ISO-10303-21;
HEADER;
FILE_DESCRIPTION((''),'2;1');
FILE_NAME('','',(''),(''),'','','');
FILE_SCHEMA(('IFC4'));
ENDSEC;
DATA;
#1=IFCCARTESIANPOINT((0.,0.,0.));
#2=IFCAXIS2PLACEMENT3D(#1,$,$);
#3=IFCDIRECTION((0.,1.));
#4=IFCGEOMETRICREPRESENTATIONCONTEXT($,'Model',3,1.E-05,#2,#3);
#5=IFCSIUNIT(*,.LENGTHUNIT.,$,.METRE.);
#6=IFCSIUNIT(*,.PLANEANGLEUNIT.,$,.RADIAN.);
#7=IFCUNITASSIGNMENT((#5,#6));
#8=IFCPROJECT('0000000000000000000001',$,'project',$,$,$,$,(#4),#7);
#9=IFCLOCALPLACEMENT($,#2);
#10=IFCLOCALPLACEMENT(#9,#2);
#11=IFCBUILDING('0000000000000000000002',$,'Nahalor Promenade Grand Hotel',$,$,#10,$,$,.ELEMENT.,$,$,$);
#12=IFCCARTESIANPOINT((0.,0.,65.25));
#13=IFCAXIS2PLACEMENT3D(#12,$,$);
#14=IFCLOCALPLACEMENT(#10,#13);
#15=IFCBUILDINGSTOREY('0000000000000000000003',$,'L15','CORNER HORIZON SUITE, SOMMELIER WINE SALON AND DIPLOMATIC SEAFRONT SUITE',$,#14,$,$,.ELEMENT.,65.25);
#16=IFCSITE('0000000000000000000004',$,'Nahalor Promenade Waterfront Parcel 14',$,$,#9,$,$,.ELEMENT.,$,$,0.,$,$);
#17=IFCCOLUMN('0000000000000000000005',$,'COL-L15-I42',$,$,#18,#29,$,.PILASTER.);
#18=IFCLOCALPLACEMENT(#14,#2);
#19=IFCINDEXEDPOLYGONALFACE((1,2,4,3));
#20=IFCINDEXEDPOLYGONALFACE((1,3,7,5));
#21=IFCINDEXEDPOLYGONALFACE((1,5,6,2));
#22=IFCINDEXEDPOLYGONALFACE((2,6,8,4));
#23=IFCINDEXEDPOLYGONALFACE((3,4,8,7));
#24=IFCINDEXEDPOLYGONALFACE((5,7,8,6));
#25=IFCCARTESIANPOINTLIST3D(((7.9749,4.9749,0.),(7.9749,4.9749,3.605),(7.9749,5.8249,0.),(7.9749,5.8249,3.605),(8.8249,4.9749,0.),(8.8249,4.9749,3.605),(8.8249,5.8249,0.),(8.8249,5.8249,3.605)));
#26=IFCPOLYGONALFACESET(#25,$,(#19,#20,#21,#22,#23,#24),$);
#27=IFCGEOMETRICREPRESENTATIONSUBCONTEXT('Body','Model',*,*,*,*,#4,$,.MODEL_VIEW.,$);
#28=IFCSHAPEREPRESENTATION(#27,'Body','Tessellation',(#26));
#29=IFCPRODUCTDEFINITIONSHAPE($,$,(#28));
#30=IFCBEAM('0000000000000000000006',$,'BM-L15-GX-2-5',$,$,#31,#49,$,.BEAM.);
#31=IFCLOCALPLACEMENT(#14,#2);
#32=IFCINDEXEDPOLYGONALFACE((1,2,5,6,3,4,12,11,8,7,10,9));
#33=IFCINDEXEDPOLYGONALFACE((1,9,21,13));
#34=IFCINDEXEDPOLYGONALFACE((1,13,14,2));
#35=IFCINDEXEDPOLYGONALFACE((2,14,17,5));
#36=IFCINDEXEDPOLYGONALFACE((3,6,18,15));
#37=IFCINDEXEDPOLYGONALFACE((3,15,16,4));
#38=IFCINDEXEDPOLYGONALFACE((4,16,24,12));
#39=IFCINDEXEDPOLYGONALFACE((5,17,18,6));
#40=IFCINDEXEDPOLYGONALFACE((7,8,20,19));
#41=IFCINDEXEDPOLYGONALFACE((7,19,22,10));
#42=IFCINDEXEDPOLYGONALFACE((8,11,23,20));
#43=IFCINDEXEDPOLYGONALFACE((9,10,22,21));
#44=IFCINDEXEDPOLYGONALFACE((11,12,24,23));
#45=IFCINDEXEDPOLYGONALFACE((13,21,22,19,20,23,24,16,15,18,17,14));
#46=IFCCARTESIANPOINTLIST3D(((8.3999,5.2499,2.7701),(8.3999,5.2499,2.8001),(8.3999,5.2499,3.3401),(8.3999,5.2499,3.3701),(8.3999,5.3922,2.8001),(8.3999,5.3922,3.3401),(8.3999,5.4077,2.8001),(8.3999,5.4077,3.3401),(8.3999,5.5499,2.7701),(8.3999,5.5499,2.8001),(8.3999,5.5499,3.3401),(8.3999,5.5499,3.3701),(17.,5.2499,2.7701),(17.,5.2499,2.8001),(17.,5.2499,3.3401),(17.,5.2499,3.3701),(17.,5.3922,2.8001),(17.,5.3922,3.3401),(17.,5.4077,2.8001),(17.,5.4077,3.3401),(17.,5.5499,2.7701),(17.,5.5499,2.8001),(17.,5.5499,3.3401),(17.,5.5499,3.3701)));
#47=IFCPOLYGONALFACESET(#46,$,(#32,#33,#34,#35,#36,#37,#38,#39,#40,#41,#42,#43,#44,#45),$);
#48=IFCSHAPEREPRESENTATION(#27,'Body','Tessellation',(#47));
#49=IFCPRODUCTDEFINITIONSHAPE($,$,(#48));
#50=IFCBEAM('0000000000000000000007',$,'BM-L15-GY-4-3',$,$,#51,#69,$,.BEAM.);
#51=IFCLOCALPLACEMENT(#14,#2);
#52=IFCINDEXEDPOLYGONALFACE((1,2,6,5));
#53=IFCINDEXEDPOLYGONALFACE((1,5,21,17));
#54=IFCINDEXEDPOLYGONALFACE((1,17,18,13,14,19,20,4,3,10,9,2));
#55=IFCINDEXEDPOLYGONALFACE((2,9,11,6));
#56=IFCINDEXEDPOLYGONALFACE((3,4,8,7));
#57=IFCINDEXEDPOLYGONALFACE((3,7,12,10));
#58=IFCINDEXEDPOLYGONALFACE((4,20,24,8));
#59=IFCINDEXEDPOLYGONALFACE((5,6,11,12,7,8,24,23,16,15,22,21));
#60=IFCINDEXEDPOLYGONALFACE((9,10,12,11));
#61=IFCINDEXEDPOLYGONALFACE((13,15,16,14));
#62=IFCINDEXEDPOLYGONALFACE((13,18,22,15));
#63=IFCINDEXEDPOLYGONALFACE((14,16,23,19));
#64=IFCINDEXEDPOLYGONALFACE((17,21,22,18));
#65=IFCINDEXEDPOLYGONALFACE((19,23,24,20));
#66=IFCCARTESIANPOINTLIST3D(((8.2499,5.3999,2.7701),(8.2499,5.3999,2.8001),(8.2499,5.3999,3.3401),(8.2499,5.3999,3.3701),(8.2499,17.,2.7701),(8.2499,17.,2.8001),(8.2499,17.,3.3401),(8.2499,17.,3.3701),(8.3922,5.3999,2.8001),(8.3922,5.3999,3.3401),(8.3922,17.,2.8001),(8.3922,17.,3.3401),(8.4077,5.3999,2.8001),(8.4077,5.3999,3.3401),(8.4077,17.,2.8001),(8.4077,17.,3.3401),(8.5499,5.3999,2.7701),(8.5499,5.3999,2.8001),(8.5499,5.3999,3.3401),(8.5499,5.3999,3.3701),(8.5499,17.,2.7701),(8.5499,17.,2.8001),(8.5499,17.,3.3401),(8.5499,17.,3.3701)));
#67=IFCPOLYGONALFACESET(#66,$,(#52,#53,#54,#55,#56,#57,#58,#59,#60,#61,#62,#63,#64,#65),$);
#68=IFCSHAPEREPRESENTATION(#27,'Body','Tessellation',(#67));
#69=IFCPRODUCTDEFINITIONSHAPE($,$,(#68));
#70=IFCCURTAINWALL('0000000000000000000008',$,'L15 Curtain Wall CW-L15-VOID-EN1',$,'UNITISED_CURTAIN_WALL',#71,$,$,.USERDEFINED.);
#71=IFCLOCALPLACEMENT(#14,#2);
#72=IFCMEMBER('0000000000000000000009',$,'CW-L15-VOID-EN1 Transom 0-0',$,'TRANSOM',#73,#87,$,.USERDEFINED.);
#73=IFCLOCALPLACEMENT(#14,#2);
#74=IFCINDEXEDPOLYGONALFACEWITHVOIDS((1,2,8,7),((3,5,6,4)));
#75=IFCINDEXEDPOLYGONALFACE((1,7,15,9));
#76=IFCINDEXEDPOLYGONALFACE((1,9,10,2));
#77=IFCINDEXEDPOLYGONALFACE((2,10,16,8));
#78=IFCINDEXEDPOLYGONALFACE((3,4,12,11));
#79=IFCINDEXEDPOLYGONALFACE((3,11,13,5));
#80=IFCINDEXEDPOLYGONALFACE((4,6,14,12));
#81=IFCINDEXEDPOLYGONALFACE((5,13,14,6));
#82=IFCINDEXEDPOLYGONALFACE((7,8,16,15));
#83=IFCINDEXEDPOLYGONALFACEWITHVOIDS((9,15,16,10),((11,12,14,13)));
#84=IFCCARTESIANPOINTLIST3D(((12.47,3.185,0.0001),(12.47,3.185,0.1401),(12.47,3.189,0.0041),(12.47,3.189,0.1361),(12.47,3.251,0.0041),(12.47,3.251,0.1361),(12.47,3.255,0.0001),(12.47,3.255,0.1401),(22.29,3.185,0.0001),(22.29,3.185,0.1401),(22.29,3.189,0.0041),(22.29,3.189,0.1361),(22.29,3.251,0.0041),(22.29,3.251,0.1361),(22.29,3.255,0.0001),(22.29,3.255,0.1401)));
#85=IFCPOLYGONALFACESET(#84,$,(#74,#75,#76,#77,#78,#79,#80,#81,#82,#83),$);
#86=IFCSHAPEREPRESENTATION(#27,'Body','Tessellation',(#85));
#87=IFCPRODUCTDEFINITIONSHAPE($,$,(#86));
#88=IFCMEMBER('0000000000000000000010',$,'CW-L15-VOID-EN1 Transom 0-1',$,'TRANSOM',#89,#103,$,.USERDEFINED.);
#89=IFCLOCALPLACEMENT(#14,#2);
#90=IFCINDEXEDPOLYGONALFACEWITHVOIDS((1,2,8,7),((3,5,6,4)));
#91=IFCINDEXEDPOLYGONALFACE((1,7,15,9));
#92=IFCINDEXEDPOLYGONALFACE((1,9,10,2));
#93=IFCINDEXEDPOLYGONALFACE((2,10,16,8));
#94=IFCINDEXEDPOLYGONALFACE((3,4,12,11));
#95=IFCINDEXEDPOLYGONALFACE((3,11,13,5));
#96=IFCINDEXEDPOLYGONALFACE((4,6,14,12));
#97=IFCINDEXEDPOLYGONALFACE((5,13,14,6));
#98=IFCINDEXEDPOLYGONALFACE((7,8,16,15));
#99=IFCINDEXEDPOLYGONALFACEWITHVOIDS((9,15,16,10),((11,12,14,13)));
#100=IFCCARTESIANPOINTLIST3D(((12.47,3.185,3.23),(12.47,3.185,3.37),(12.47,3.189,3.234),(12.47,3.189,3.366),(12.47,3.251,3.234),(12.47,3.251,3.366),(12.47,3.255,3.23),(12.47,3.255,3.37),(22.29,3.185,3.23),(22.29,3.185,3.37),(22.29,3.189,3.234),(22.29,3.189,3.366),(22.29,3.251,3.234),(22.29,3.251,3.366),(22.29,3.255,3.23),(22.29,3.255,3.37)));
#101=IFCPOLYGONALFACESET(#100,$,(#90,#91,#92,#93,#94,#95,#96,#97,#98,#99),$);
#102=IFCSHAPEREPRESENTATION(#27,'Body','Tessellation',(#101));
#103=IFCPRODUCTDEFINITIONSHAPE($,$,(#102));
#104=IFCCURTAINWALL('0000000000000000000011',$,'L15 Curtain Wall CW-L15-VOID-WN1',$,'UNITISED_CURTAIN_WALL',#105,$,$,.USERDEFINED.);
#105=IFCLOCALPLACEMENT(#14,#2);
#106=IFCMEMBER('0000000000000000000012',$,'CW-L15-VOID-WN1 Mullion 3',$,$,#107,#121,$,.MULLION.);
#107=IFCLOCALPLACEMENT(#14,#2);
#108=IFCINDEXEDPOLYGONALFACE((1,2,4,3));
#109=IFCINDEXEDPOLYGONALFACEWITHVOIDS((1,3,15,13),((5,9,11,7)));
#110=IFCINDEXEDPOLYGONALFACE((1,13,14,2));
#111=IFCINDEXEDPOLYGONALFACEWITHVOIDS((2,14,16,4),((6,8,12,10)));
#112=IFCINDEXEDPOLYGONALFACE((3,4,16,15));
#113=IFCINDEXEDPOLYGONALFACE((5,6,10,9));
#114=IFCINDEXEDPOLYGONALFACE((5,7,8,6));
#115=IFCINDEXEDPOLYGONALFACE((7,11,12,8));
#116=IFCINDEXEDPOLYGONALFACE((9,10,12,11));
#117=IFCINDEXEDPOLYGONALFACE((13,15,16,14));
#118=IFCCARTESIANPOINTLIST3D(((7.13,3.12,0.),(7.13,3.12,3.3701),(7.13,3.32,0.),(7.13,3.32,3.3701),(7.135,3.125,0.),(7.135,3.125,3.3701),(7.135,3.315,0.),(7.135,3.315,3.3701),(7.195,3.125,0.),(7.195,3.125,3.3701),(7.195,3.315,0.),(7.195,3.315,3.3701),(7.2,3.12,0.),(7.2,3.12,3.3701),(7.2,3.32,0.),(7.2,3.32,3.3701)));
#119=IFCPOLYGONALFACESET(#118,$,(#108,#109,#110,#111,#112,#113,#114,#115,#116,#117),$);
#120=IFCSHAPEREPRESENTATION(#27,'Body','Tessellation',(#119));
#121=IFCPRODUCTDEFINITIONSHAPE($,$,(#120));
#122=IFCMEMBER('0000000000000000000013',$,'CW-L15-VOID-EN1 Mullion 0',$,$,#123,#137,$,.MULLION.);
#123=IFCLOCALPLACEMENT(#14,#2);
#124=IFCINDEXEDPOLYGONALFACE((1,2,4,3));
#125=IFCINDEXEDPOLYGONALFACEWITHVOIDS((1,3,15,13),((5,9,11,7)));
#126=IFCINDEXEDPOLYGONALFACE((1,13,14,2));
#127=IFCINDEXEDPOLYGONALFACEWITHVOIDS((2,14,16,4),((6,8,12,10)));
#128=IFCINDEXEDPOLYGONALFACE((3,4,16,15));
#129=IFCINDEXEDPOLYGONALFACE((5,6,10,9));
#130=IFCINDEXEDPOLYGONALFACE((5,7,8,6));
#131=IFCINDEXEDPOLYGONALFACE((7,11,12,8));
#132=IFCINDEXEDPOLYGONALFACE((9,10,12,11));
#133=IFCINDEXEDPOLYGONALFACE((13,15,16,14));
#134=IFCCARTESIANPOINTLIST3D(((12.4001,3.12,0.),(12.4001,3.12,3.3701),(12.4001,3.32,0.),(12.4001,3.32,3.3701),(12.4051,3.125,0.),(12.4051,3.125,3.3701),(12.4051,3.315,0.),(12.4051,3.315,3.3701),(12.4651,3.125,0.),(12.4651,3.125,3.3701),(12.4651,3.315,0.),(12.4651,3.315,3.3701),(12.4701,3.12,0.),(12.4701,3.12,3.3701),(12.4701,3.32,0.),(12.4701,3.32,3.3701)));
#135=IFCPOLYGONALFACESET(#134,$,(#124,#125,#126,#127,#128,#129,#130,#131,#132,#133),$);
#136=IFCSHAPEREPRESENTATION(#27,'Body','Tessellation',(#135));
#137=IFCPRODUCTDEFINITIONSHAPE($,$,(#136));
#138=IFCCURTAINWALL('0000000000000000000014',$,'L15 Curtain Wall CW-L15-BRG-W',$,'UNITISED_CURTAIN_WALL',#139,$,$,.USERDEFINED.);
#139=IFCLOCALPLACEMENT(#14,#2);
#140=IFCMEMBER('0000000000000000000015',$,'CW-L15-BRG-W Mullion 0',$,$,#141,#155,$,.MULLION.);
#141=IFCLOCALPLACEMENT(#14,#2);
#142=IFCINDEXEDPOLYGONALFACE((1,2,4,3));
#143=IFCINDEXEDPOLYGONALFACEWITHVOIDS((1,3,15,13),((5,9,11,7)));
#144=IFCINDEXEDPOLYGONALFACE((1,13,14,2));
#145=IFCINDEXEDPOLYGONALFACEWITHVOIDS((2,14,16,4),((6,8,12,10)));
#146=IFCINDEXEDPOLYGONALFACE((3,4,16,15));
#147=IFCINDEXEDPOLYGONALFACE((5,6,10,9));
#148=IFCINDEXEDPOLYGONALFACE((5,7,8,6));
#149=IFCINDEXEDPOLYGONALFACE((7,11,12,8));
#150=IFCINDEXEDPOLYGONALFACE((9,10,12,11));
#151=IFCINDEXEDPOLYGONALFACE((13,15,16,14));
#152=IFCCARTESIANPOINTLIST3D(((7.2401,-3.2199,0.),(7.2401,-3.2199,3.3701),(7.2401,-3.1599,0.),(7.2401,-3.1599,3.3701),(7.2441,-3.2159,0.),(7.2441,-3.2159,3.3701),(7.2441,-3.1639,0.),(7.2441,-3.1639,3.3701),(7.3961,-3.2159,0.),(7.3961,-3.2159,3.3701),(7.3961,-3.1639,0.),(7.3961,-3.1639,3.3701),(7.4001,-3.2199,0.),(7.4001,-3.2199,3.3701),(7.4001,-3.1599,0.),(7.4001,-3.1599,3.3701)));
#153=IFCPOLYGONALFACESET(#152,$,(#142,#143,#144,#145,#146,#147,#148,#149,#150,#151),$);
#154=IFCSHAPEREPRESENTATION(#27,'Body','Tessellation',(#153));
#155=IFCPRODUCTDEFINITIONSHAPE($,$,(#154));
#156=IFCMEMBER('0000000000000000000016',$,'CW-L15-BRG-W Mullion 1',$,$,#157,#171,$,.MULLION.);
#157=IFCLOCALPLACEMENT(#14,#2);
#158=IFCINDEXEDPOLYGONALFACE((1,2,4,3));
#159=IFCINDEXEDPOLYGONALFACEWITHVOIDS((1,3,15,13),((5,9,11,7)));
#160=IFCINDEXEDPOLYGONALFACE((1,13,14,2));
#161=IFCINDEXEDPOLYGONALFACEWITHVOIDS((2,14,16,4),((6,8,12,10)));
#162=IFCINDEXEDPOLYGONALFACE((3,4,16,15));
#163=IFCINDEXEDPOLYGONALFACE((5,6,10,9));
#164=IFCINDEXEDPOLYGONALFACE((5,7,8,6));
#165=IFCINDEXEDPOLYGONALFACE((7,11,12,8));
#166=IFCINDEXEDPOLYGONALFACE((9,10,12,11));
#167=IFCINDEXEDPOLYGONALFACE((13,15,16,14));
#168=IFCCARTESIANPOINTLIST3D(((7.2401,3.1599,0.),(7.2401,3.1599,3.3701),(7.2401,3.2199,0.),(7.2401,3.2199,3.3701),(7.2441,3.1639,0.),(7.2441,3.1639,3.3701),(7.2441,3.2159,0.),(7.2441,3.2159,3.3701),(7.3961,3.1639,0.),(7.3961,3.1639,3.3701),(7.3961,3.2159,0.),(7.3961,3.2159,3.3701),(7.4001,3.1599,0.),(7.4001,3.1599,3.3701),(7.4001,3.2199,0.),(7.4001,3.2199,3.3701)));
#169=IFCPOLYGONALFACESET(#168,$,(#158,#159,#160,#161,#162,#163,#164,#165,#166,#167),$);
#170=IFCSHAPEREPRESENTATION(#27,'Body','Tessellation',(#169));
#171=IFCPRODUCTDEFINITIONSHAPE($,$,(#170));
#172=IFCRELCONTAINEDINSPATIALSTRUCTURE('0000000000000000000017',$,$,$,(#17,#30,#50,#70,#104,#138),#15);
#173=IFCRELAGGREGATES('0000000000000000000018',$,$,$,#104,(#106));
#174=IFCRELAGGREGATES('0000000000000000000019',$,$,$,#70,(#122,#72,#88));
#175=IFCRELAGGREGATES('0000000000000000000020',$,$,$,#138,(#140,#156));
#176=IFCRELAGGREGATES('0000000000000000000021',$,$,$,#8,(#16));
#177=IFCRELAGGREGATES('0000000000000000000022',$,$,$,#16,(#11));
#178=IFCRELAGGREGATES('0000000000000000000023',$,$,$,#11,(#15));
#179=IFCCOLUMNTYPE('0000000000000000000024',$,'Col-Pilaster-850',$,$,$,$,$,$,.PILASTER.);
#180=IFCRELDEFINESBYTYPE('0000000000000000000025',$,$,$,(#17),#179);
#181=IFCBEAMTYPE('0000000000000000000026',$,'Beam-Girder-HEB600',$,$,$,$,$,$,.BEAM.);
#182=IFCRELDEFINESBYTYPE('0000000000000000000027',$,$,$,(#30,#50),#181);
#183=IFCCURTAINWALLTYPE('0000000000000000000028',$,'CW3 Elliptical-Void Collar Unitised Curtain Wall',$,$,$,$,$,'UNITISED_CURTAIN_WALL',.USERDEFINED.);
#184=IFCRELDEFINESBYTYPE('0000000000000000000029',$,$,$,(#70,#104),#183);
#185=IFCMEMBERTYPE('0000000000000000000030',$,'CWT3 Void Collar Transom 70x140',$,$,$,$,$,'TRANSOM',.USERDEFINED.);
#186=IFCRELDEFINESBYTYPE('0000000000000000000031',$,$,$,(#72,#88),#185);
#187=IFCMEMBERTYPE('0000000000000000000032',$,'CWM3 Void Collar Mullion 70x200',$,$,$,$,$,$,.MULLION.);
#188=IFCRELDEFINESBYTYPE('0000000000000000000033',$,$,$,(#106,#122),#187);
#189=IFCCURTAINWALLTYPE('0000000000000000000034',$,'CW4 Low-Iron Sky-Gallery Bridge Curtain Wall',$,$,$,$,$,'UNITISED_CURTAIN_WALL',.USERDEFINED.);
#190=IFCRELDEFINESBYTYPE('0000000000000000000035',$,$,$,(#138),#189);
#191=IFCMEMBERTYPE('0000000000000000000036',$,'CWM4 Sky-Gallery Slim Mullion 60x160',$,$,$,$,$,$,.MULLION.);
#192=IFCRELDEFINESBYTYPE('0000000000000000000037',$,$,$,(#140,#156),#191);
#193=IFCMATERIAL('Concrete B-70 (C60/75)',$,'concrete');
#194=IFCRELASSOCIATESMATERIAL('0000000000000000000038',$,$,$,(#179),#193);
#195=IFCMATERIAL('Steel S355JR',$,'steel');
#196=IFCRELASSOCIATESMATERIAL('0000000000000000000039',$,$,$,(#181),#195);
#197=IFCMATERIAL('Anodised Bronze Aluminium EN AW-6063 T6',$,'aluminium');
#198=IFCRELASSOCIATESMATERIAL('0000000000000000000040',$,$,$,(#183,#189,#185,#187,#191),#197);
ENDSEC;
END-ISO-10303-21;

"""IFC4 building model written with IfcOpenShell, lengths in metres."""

from ifc_helpers import new_model, si_unit, direction, frame, origin, origin_2d, place, context, subcontext, project, spatial, rectangle, hollow_rectangle, i_section, extrude, source, transform, mapped, material, material_profile, profile_set, type_object, element, aggregate, save


model = new_model("IFC4")

# Units and contexts
model_context = context("Model", 3, precision=1e-05, world=origin(), true_north=direction((0.0, 1.0)))
body_context = subcontext(model_context, "Body", "Model", "MODEL_VIEW")
ifc_project = project(units=[si_unit("LENGTHUNIT", "METRE"), si_unit("PLANEANGLEUNIT", "RADIAN")], contexts=[model_context])

# Site, building, storey
site_placement = place(None, origin())
site = spatial("IfcSite", under=ifc_project, at=site_placement, Name="Nahalor Promenade Waterfront Parcel 14", CompositionType="ELEMENT", RefElevation=0.0)
building_placement = place(site_placement, origin())
building = spatial("IfcBuilding", under=site, at=building_placement, Name="Nahalor Promenade Grand Hotel", CompositionType="ELEMENT")
storey_placement = place(building_placement, frame((0.0, 0.0, 65.25)))
storey = spatial("IfcBuildingStorey", under=building, at=storey_placement, Name="L15", Description="CORNER HORIZON SUITE, SOMMELIER WINE SALON AND DIPLOMATIC SEAFRONT SUITE", CompositionType="ELEMENT", Elevation=65.25)

# Column
ifc_material_1 = material(Name="Concrete B-70 (C60/75)", Category="concrete")
ifc_material_profile_1 = material_profile(ifc_material_1, rectangle(XDim=0.85, YDim=0.85, at=origin_2d()), Name="RC 850x850")
ifc_profile_set_1 = profile_set([ifc_material_profile_1], Name="Concrete B-70 (C60/75)")
column_type = type_object("IfcColumnType", Name="Col-Pilaster-850", PredefinedType="PILASTER", material=ifc_profile_set_1)
shared_shape_1 = source(origin(), body_context, "Body", "SweptSolid", [
    extrude(rectangle(XDim=0.85, YDim=0.85, at=origin_2d()), origin(), (0.0, 0.0, 1.0), 3.605),
])
column_placement = place(storey_placement, frame((8.3999, 5.3999, 0.0), z_axis=(0.0, 0.0, 1.0), x_axis=(1.0, 0.0, 0.0)))
element("IfcColumn", 1, at=column_placement, inside=storey, type_object=column_type, Name="COL-L15-I42", PredefinedType="PILASTER", context=body_context, shape_type="MappedRepresentation", body=[
    mapped(shared_shape_1, transform((0.0, 0.0, 0.0), scale=1.0)),
])

# Beams
ifc_material_2 = material(Name="Steel S355JR", Category="steel")
ifc_material_profile_2 = material_profile(ifc_material_2, i_section(OverallWidth=0.3, OverallDepth=0.6, WebThickness=0.0155, FlangeThickness=0.03, at=origin_2d()), Name="HEB 600")
ifc_profile_set_2 = profile_set([ifc_material_profile_2], Name="Steel S355JR")
beam_type = type_object("IfcBeamType", Name="Beam-Girder-HEB600", PredefinedType="BEAM", material=ifc_profile_set_2)
shared_shape_2 = source(origin(), body_context, "Body", "SweptSolid", [
    extrude(i_section(OverallWidth=0.3, OverallDepth=0.6, WebThickness=0.0155, FlangeThickness=0.03, at=origin_2d()), origin(), (0.0, 0.0, 1.0), 8.6001),
])
beam_1_placement = place(storey_placement, frame((8.3999, 5.3999, 3.0701), z_axis=(1.0, 0.0, 0.0), x_axis=(0.0, 1.0, 0.0)))
element("IfcBeam", 2, at=beam_1_placement, inside=storey, type_object=beam_type, Name="BM-L15-GX-2-5", PredefinedType="BEAM", context=body_context, shape_type="MappedRepresentation", body=[
    mapped(shared_shape_2, transform((0.0, 0.0, 0.0), scale=1.0)),
])
shared_shape_3 = source(origin(), body_context, "Body", "SweptSolid", [
    extrude(i_section(OverallWidth=0.3, OverallDepth=0.6, WebThickness=0.0155, FlangeThickness=0.03, at=origin_2d()), origin(), (0.0, 0.0, 1.0), 11.6001),
])
beam_2_placement = place(storey_placement, frame((8.3999, 5.3999, 3.0701), z_axis=(0.0, 1.0, 0.0), x_axis=(-1.0, 0.0, 0.0)))
element("IfcBeam", 3, at=beam_2_placement, inside=storey, type_object=beam_type, Name="BM-L15-GY-4-3", PredefinedType="BEAM", context=body_context, shape_type="MappedRepresentation", body=[
    mapped(shared_shape_3, transform((0.0, 0.0, 0.0), scale=1.0)),
])

# Curtain wall, members
ifc_material_3 = material(Name="Anodised Bronze Aluminium EN AW-6063 T6", Category="aluminium")
curtain_wall_type_1 = type_object("IfcCurtainWallType", Name="CW3 Elliptical-Void Collar Unitised Curtain Wall", ElementType="UNITISED_CURTAIN_WALL", PredefinedType="USERDEFINED", material=ifc_material_3)
curtain_wall_1_placement = place(storey_placement, origin())
curtain_wall_1 = element("IfcCurtainWall", 4, at=curtain_wall_1_placement, inside=storey, type_object=curtain_wall_type_1, Name="L15 Curtain Wall CW-L15-VOID-EN1", ObjectType="UNITISED_CURTAIN_WALL", PredefinedType="USERDEFINED")
ifc_material_profile_3 = material_profile(ifc_material_3, hollow_rectangle(XDim=0.07, YDim=0.14, WallThickness=0.004, at=origin_2d()), Name="CWT 70x140x4")
ifc_profile_set_3 = profile_set([ifc_material_profile_3], Name="Anodised Bronze Aluminium EN AW-6063 T6")
member_type_1 = type_object("IfcMemberType", Name="CWT3 Void Collar Transom 70x140", ElementType="TRANSOM", PredefinedType="USERDEFINED", material=ifc_profile_set_3)
shared_shape_4 = source(origin(), body_context, "Body", "SweptSolid", [
    extrude(hollow_rectangle(XDim=0.07, YDim=0.14, WallThickness=0.004, at=origin_2d()), origin(), (0.0, 0.0, 1.0), 9.8201),
])
member_1_placement = place(storey_placement, frame((12.47, 3.22, 0.0701), z_axis=(1.0, 0.0, 0.0), x_axis=(0.0, 1.0, 0.0)))
member_1 = element("IfcMember", 5, at=member_1_placement, type_object=member_type_1, Name="CW-L15-VOID-EN1 Transom 0-0", ObjectType="TRANSOM", PredefinedType="USERDEFINED", context=body_context, shape_type="MappedRepresentation", body=[
    mapped(shared_shape_4, transform((0.0, 0.0, 0.0), scale=1.0)),
])
member_2_placement = place(storey_placement, frame((12.47, 3.22, 3.3), z_axis=(1.0, 0.0, 0.0), x_axis=(0.0, 1.0, 0.0)))
member_2 = element("IfcMember", 6, at=member_2_placement, type_object=member_type_1, Name="CW-L15-VOID-EN1 Transom 0-1", ObjectType="TRANSOM", PredefinedType="USERDEFINED", context=body_context, shape_type="MappedRepresentation", body=[
    mapped(shared_shape_4, transform((0.0, 0.0, 0.0), scale=1.0)),
])

# Curtain wall, member
curtain_wall_2_placement = place(storey_placement, origin())
curtain_wall_2 = element("IfcCurtainWall", 7, at=curtain_wall_2_placement, inside=storey, type_object=curtain_wall_type_1, Name="L15 Curtain Wall CW-L15-VOID-WN1", ObjectType="UNITISED_CURTAIN_WALL", PredefinedType="USERDEFINED")
ifc_material_profile_4 = material_profile(ifc_material_3, hollow_rectangle(XDim=0.07, YDim=0.2, WallThickness=0.005, at=origin_2d()), Name="CWM 70x200x5")
ifc_profile_set_4 = profile_set([ifc_material_profile_4], Name="Anodised Bronze Aluminium EN AW-6063 T6")
member_type_2 = type_object("IfcMemberType", Name="CWM3 Void Collar Mullion 70x200", PredefinedType="MULLION", material=ifc_profile_set_4)
shared_shape_5 = source(origin(), body_context, "Body", "SweptSolid", [
    extrude(hollow_rectangle(XDim=0.07, YDim=0.2, WallThickness=0.005, at=origin_2d()), origin(), (0.0, 0.0, 1.0), 3.3701),
])
member_3_placement = place(storey_placement, frame((7.165, 3.22, 0.0), z_axis=(0.0, 0.0, 1.0), x_axis=(1.0, 0.0, 0.0)))
member_3 = element("IfcMember", 8, at=member_3_placement, type_object=member_type_2, Name="CW-L15-VOID-WN1 Mullion 3", PredefinedType="MULLION", context=body_context, shape_type="MappedRepresentation", body=[
    mapped(shared_shape_5, transform((0.0, 0.0, 0.0), scale=1.0)),
])
aggregate(curtain_wall_2, [member_3])

# Member
member_4_placement = place(storey_placement, frame((12.4351, 3.22, 0.0), z_axis=(0.0, 0.0, 1.0), x_axis=(1.0, 0.0, 0.0)))
member_4 = element("IfcMember", 9, at=member_4_placement, type_object=member_type_2, Name="CW-L15-VOID-EN1 Mullion 0", PredefinedType="MULLION", context=body_context, shape_type="MappedRepresentation", body=[
    mapped(shared_shape_5, transform((0.0, 0.0, 0.0), scale=1.0)),
])
aggregate(curtain_wall_1, [member_4, member_1, member_2])

# Curtain wall, members
curtain_wall_type_2 = type_object("IfcCurtainWallType", Name="CW4 Low-Iron Sky-Gallery Bridge Curtain Wall", ElementType="UNITISED_CURTAIN_WALL", PredefinedType="USERDEFINED", material=ifc_material_3)
curtain_wall_3_placement = place(storey_placement, origin())
curtain_wall_3 = element("IfcCurtainWall", 10, at=curtain_wall_3_placement, inside=storey, type_object=curtain_wall_type_2, Name="L15 Curtain Wall CW-L15-BRG-W", ObjectType="UNITISED_CURTAIN_WALL", PredefinedType="USERDEFINED")
ifc_material_profile_5 = material_profile(ifc_material_3, hollow_rectangle(XDim=0.06, YDim=0.16, WallThickness=0.004, at=origin_2d()), Name="CWM 60x160x4")
ifc_profile_set_5 = profile_set([ifc_material_profile_5], Name="Anodised Bronze Aluminium EN AW-6063 T6")
member_type_3 = type_object("IfcMemberType", Name="CWM4 Sky-Gallery Slim Mullion 60x160", PredefinedType="MULLION", material=ifc_profile_set_5)
shared_shape_6 = source(origin(), body_context, "Body", "SweptSolid", [
    extrude(hollow_rectangle(XDim=0.06, YDim=0.16, WallThickness=0.004, at=origin_2d()), origin(), (0.0, 0.0, 1.0), 3.3701),
])
member_5_placement = place(storey_placement, frame((7.3201, -3.1899, 0.0), z_axis=(0.0, 0.0, 1.0), x_axis=(0.0, 1.0, 0.0)))
member_5 = element("IfcMember", 11, at=member_5_placement, type_object=member_type_3, Name="CW-L15-BRG-W Mullion 0", PredefinedType="MULLION", context=body_context, shape_type="MappedRepresentation", body=[
    mapped(shared_shape_6, transform((0.0, 0.0, 0.0), scale=1.0)),
])
member_6_placement = place(storey_placement, frame((7.3201, 3.1899, 0.0), z_axis=(0.0, 0.0, 1.0), x_axis=(0.0, 1.0, 0.0)))
member_6 = element("IfcMember", 12, at=member_6_placement, type_object=member_type_3, Name="CW-L15-BRG-W Mullion 1", PredefinedType="MULLION", context=body_context, shape_type="MappedRepresentation", body=[
    mapped(shared_shape_6, transform((0.0, 0.0, 0.0), scale=1.0)),
])

aggregate(curtain_wall_3, [member_5, member_6])

save(model, "model.ifc")
